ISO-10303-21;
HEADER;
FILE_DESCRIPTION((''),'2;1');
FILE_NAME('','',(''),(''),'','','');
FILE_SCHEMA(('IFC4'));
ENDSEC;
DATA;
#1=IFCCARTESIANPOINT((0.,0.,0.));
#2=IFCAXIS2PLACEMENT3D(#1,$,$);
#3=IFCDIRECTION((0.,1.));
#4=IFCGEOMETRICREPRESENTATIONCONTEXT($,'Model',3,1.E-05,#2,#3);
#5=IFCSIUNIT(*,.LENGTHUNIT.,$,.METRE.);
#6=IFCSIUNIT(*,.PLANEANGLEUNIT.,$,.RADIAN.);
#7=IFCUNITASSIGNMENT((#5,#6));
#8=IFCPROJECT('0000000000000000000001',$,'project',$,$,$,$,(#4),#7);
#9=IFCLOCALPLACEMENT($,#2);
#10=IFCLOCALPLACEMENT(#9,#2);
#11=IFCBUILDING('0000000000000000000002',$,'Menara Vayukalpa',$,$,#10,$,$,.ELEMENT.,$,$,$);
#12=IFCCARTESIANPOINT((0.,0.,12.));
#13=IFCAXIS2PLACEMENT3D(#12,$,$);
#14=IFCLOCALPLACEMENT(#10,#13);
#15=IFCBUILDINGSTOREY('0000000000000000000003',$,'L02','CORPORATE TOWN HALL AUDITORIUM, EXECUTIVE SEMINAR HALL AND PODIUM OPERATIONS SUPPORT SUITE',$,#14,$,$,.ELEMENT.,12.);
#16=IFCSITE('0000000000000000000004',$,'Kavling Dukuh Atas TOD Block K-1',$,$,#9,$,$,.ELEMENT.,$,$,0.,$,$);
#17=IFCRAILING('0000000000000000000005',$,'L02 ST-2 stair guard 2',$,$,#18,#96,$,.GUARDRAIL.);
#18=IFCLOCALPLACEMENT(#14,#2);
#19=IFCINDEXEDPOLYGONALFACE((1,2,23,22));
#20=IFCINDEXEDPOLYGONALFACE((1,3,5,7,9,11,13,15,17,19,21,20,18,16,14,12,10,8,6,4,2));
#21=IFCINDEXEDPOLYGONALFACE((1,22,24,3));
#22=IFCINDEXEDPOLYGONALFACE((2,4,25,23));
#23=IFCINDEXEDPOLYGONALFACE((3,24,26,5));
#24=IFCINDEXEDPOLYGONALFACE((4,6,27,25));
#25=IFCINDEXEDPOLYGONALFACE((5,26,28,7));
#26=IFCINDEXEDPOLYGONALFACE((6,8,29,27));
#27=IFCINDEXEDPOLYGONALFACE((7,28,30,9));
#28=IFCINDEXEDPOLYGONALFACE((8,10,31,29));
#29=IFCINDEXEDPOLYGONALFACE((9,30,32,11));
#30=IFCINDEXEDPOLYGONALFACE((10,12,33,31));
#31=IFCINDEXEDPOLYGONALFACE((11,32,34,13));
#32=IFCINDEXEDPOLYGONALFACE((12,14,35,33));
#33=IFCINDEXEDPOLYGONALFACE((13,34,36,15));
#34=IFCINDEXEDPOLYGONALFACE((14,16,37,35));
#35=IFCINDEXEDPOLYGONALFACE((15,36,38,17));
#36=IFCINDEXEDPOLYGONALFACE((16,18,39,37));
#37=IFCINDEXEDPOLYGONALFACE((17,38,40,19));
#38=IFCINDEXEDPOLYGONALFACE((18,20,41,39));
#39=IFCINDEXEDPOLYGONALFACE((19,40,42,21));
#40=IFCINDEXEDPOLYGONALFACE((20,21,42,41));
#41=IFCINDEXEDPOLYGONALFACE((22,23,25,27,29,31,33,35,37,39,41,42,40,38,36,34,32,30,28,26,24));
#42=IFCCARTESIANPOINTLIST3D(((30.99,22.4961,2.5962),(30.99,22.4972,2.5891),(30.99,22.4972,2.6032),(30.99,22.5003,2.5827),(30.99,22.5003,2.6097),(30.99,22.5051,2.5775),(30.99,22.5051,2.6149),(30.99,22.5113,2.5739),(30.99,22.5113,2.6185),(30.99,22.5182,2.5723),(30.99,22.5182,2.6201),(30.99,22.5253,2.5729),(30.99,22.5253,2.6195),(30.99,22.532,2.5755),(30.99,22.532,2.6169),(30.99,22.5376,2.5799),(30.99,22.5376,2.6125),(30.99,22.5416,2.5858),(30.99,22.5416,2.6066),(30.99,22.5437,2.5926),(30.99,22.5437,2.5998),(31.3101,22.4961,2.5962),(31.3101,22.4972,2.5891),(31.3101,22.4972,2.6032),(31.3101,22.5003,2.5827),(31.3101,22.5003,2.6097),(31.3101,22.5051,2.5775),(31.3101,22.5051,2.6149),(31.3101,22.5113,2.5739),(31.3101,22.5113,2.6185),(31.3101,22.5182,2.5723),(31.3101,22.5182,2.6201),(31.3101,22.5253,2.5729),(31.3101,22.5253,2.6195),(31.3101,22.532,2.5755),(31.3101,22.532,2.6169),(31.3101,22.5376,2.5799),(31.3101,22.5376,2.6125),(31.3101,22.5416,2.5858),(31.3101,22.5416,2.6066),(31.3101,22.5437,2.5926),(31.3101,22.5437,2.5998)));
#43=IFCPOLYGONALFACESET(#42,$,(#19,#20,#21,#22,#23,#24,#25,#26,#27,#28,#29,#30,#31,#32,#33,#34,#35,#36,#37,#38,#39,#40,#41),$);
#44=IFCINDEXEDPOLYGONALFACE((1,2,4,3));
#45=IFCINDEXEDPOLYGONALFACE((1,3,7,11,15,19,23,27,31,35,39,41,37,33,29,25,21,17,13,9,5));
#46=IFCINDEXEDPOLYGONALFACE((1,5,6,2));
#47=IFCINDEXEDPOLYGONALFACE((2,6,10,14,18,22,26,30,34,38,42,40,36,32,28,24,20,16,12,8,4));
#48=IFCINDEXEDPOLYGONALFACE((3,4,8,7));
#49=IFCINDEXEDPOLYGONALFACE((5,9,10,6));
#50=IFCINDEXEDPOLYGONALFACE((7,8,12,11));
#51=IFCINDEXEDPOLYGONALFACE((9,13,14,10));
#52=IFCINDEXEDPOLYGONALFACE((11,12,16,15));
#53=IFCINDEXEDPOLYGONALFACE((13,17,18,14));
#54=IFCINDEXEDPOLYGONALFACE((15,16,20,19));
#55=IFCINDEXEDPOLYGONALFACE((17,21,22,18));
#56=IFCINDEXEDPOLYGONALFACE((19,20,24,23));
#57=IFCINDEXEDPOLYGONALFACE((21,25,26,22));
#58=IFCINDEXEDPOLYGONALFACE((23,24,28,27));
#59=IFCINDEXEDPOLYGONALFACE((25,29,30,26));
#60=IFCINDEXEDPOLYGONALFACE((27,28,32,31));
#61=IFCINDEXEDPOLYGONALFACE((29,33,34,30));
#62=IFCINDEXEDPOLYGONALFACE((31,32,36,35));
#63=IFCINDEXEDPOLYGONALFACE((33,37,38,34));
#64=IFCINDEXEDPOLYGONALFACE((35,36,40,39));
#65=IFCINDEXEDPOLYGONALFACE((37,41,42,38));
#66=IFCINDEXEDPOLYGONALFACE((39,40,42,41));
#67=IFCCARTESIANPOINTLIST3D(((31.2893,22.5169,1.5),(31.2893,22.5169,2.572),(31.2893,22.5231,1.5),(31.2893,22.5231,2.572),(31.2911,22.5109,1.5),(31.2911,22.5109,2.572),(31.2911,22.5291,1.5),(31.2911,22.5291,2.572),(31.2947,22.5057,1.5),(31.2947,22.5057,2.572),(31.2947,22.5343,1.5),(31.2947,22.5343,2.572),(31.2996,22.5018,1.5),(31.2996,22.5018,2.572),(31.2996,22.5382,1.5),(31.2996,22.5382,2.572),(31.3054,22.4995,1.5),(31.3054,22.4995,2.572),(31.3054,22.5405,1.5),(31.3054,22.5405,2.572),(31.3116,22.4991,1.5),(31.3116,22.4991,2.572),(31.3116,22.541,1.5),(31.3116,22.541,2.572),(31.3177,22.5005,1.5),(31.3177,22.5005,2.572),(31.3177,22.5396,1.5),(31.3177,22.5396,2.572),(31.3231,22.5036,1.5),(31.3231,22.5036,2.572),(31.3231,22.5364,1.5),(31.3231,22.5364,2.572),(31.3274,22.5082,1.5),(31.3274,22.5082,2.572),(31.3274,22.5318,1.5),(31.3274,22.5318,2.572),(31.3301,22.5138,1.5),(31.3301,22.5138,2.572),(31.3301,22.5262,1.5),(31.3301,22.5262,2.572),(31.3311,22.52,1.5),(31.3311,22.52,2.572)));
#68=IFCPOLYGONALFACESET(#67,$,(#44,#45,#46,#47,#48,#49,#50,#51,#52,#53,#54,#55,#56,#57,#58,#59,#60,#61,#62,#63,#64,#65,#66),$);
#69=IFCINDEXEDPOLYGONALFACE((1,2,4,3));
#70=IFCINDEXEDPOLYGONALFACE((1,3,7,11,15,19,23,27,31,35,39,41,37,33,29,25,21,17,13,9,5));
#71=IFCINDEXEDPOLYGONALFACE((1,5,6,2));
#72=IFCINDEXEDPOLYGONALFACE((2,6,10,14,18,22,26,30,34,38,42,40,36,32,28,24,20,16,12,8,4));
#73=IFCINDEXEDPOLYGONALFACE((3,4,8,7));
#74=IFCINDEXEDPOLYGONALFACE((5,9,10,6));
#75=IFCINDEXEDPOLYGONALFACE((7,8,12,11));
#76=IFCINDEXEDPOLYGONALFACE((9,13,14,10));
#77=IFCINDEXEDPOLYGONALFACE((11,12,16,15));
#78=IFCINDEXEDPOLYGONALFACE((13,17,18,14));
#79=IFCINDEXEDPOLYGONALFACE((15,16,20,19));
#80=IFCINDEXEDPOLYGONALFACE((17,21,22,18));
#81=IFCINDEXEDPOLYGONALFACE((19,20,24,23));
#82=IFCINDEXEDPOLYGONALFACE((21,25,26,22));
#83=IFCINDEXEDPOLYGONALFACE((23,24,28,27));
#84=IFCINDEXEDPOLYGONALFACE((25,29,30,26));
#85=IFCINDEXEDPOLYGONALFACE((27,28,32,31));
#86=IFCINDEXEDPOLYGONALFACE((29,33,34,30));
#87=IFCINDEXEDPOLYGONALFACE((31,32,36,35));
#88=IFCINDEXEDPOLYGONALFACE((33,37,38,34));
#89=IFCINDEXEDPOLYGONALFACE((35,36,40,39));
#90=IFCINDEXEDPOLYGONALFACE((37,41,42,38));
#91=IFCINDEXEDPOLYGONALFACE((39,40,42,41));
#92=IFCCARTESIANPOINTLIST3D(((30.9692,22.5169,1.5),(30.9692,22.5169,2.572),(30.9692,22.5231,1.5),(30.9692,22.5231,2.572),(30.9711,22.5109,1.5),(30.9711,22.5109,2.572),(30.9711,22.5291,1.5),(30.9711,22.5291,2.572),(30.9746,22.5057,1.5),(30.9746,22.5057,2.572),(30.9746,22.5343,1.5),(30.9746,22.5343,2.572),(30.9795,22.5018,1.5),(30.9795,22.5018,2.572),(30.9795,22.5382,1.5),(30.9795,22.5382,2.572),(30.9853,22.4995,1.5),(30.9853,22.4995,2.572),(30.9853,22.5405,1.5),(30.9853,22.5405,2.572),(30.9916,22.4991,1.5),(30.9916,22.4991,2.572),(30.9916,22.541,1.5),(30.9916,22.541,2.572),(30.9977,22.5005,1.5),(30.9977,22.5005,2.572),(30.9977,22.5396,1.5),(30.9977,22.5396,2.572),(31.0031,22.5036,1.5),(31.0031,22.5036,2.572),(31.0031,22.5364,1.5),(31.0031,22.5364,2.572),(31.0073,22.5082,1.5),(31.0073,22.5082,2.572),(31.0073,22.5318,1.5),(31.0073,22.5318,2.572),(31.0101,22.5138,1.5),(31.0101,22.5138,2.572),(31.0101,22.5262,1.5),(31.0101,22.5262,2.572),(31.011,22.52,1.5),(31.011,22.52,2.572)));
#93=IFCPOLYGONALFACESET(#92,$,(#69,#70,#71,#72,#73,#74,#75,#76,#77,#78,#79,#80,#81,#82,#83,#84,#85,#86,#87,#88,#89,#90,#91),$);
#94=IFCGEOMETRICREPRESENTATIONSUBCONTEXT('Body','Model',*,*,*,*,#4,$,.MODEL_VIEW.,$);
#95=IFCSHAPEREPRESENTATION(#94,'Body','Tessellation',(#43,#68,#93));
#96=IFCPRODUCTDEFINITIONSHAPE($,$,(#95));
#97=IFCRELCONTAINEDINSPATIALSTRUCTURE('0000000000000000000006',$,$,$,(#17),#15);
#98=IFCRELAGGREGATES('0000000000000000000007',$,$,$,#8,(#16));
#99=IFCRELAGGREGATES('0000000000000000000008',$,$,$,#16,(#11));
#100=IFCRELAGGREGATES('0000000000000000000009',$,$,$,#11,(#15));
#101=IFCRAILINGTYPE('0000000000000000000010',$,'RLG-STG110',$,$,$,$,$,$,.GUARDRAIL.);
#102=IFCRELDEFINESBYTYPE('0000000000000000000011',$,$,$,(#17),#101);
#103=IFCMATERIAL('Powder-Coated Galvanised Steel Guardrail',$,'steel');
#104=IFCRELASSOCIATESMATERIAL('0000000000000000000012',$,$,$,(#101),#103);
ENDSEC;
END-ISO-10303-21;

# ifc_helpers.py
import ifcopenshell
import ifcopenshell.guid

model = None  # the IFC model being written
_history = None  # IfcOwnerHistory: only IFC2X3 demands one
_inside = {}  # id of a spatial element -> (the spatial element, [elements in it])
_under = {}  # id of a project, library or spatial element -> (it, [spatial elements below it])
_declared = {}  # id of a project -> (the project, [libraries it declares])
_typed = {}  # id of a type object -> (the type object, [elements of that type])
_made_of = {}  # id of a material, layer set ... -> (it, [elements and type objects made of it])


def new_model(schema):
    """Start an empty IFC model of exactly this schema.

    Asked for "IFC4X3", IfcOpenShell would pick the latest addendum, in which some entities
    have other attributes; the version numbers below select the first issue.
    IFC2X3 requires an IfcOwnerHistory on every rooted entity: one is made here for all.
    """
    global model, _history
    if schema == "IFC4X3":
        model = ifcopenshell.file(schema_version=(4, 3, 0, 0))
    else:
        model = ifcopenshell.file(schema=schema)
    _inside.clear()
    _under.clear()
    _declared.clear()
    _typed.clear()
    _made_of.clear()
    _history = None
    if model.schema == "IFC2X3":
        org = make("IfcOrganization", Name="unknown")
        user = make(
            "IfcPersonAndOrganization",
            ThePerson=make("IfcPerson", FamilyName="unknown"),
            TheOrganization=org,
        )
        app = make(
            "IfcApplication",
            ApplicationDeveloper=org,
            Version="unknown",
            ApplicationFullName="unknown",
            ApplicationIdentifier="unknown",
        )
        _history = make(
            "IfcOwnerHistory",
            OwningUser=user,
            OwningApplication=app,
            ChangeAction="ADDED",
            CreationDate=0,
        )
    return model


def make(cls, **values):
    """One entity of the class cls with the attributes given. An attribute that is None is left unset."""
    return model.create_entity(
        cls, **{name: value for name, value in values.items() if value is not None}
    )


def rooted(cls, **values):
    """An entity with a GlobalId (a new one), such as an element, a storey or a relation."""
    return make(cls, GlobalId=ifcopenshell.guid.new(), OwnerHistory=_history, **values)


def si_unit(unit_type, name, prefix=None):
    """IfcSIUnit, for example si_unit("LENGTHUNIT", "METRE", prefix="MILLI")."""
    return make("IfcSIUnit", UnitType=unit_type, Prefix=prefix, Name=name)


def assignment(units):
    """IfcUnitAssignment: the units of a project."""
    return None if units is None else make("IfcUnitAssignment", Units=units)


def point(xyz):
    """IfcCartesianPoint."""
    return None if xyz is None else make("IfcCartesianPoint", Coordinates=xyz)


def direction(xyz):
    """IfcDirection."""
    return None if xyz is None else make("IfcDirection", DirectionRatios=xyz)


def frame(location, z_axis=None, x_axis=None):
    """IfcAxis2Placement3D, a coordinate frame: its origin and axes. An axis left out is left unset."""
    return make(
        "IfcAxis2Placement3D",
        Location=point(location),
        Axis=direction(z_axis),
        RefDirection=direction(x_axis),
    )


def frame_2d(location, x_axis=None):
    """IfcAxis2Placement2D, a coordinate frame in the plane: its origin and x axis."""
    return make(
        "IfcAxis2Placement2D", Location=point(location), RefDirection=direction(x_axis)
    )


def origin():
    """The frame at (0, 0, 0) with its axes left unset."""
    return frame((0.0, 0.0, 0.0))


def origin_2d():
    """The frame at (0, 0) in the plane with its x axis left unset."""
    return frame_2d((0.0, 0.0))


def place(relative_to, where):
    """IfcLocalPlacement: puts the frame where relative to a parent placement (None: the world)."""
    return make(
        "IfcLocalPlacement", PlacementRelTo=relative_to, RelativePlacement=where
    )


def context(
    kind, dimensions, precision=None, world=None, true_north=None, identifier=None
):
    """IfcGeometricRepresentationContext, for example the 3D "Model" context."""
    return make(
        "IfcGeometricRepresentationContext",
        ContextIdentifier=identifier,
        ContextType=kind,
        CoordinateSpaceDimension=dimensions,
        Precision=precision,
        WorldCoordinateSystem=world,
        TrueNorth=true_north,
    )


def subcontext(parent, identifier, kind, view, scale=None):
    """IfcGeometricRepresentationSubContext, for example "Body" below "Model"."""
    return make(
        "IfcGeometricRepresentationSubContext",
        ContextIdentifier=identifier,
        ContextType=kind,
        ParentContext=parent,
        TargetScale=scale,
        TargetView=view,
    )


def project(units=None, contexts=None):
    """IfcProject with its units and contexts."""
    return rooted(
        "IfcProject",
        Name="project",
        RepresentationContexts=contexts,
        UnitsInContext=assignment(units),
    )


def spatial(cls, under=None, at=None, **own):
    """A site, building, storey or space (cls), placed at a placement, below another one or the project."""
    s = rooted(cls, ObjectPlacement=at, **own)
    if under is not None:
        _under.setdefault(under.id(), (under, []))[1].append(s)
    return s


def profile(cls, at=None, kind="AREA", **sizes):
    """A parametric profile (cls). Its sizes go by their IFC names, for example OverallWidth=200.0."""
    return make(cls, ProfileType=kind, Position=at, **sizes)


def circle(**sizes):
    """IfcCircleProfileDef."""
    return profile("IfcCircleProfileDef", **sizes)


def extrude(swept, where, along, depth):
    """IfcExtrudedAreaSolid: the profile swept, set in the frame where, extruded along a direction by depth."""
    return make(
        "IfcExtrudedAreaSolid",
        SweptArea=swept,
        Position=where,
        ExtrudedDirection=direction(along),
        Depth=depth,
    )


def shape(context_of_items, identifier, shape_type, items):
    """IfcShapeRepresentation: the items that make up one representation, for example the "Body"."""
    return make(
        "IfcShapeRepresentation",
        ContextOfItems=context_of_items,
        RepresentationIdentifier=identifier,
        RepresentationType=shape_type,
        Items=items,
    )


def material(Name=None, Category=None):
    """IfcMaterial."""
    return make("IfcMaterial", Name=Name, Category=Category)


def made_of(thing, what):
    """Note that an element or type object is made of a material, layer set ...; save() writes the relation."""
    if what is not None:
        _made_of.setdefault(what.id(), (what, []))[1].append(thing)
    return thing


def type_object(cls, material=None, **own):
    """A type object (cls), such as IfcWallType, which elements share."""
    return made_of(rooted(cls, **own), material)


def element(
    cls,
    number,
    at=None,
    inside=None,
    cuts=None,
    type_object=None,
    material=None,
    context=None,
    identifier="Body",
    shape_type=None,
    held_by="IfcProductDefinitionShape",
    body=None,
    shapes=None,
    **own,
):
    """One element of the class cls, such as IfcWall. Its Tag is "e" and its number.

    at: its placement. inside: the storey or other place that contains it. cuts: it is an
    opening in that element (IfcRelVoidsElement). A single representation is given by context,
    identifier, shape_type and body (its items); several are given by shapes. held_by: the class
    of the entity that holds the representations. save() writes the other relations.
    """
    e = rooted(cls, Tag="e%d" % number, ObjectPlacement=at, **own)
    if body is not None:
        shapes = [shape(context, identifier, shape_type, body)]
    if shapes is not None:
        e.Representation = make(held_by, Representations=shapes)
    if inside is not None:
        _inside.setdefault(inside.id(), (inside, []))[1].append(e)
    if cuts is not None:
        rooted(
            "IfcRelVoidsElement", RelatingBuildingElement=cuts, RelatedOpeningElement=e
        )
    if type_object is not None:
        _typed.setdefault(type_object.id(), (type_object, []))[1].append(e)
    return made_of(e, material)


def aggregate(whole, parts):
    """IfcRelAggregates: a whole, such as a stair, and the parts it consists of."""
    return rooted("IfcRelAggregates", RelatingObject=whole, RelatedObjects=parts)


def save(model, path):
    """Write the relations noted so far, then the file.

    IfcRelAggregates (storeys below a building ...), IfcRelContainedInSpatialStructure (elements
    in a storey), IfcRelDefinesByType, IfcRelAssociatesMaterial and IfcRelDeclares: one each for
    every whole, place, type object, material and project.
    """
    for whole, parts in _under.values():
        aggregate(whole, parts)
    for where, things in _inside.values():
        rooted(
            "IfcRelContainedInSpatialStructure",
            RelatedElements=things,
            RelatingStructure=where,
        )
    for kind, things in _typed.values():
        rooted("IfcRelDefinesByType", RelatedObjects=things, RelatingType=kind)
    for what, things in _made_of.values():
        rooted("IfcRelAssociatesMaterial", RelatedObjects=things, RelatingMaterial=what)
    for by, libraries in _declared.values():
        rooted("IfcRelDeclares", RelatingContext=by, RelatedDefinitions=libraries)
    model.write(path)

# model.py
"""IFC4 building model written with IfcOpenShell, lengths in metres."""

from ifc_helpers import new_model, si_unit, direction, frame, origin, origin_2d, place, context, subcontext, project, spatial, circle, extrude, material, type_object, element, save


model = new_model("IFC4")

# Units and contexts
model_context = context("Model", 3, precision=1e-05, world=origin(), true_north=direction((0.0, 1.0)))
body_context = subcontext(model_context, "Body", "Model", "MODEL_VIEW")
ifc_project = project(units=[si_unit("LENGTHUNIT", "METRE"), si_unit("PLANEANGLEUNIT", "RADIAN")], contexts=[model_context])

# Site, building, storey
site_placement = place(None, origin())
site = spatial("IfcSite", under=ifc_project, at=site_placement, Name="Kavling Dukuh Atas TOD Block K-1", CompositionType="ELEMENT", RefElevation=0.0)
building_placement = place(site_placement, origin())
building = spatial("IfcBuilding", under=site, at=building_placement, Name="Menara Vayukalpa", CompositionType="ELEMENT")
storey_placement = place(building_placement, frame((0.0, 0.0, 12.0)))
storey = spatial("IfcBuildingStorey", under=building, at=storey_placement, Name="L02", Description="CORPORATE TOWN HALL AUDITORIUM, EXECUTIVE SEMINAR HALL AND PODIUM OPERATIONS SUPPORT SUITE", CompositionType="ELEMENT", Elevation=12.0)

# Railing
ifc_material_1 = material(Name="Powder-Coated Galvanised Steel Guardrail", Category="steel")
railing_type_1 = type_object("IfcRailingType", Name="RLG-STG110", PredefinedType="GUARDRAIL", material=ifc_material_1)
railing_1_placement = place(storey_placement, frame((31.3101, 22.52, 1.5)))
element("IfcRailing", 1, at=railing_1_placement, inside=storey, type_object=railing_type_1, Name="L02 ST-2 stair guard 2", PredefinedType="GUARDRAIL", context=body_context, shape_type="SweptSolid", body=[
    extrude(circle(Radius=0.0239, at=origin_2d()), frame((0.0, 0.0, 1.0962), z_axis=(-1.0, 0.0, 0.0), x_axis=(0.0, -1.0, 0.0)), (0.0, 0.0, 1.0), 0.3201),
    extrude(circle(Radius=0.021, at=origin_2d()), origin(), (0.0, 0.0, 1.0), 1.072),
    extrude(circle(Radius=0.021, at=origin_2d()), frame((-0.3201, 0.0, 0.0)), (0.0, 0.0, 1.0), 1.072),
])

save(model, "model.ifc")
